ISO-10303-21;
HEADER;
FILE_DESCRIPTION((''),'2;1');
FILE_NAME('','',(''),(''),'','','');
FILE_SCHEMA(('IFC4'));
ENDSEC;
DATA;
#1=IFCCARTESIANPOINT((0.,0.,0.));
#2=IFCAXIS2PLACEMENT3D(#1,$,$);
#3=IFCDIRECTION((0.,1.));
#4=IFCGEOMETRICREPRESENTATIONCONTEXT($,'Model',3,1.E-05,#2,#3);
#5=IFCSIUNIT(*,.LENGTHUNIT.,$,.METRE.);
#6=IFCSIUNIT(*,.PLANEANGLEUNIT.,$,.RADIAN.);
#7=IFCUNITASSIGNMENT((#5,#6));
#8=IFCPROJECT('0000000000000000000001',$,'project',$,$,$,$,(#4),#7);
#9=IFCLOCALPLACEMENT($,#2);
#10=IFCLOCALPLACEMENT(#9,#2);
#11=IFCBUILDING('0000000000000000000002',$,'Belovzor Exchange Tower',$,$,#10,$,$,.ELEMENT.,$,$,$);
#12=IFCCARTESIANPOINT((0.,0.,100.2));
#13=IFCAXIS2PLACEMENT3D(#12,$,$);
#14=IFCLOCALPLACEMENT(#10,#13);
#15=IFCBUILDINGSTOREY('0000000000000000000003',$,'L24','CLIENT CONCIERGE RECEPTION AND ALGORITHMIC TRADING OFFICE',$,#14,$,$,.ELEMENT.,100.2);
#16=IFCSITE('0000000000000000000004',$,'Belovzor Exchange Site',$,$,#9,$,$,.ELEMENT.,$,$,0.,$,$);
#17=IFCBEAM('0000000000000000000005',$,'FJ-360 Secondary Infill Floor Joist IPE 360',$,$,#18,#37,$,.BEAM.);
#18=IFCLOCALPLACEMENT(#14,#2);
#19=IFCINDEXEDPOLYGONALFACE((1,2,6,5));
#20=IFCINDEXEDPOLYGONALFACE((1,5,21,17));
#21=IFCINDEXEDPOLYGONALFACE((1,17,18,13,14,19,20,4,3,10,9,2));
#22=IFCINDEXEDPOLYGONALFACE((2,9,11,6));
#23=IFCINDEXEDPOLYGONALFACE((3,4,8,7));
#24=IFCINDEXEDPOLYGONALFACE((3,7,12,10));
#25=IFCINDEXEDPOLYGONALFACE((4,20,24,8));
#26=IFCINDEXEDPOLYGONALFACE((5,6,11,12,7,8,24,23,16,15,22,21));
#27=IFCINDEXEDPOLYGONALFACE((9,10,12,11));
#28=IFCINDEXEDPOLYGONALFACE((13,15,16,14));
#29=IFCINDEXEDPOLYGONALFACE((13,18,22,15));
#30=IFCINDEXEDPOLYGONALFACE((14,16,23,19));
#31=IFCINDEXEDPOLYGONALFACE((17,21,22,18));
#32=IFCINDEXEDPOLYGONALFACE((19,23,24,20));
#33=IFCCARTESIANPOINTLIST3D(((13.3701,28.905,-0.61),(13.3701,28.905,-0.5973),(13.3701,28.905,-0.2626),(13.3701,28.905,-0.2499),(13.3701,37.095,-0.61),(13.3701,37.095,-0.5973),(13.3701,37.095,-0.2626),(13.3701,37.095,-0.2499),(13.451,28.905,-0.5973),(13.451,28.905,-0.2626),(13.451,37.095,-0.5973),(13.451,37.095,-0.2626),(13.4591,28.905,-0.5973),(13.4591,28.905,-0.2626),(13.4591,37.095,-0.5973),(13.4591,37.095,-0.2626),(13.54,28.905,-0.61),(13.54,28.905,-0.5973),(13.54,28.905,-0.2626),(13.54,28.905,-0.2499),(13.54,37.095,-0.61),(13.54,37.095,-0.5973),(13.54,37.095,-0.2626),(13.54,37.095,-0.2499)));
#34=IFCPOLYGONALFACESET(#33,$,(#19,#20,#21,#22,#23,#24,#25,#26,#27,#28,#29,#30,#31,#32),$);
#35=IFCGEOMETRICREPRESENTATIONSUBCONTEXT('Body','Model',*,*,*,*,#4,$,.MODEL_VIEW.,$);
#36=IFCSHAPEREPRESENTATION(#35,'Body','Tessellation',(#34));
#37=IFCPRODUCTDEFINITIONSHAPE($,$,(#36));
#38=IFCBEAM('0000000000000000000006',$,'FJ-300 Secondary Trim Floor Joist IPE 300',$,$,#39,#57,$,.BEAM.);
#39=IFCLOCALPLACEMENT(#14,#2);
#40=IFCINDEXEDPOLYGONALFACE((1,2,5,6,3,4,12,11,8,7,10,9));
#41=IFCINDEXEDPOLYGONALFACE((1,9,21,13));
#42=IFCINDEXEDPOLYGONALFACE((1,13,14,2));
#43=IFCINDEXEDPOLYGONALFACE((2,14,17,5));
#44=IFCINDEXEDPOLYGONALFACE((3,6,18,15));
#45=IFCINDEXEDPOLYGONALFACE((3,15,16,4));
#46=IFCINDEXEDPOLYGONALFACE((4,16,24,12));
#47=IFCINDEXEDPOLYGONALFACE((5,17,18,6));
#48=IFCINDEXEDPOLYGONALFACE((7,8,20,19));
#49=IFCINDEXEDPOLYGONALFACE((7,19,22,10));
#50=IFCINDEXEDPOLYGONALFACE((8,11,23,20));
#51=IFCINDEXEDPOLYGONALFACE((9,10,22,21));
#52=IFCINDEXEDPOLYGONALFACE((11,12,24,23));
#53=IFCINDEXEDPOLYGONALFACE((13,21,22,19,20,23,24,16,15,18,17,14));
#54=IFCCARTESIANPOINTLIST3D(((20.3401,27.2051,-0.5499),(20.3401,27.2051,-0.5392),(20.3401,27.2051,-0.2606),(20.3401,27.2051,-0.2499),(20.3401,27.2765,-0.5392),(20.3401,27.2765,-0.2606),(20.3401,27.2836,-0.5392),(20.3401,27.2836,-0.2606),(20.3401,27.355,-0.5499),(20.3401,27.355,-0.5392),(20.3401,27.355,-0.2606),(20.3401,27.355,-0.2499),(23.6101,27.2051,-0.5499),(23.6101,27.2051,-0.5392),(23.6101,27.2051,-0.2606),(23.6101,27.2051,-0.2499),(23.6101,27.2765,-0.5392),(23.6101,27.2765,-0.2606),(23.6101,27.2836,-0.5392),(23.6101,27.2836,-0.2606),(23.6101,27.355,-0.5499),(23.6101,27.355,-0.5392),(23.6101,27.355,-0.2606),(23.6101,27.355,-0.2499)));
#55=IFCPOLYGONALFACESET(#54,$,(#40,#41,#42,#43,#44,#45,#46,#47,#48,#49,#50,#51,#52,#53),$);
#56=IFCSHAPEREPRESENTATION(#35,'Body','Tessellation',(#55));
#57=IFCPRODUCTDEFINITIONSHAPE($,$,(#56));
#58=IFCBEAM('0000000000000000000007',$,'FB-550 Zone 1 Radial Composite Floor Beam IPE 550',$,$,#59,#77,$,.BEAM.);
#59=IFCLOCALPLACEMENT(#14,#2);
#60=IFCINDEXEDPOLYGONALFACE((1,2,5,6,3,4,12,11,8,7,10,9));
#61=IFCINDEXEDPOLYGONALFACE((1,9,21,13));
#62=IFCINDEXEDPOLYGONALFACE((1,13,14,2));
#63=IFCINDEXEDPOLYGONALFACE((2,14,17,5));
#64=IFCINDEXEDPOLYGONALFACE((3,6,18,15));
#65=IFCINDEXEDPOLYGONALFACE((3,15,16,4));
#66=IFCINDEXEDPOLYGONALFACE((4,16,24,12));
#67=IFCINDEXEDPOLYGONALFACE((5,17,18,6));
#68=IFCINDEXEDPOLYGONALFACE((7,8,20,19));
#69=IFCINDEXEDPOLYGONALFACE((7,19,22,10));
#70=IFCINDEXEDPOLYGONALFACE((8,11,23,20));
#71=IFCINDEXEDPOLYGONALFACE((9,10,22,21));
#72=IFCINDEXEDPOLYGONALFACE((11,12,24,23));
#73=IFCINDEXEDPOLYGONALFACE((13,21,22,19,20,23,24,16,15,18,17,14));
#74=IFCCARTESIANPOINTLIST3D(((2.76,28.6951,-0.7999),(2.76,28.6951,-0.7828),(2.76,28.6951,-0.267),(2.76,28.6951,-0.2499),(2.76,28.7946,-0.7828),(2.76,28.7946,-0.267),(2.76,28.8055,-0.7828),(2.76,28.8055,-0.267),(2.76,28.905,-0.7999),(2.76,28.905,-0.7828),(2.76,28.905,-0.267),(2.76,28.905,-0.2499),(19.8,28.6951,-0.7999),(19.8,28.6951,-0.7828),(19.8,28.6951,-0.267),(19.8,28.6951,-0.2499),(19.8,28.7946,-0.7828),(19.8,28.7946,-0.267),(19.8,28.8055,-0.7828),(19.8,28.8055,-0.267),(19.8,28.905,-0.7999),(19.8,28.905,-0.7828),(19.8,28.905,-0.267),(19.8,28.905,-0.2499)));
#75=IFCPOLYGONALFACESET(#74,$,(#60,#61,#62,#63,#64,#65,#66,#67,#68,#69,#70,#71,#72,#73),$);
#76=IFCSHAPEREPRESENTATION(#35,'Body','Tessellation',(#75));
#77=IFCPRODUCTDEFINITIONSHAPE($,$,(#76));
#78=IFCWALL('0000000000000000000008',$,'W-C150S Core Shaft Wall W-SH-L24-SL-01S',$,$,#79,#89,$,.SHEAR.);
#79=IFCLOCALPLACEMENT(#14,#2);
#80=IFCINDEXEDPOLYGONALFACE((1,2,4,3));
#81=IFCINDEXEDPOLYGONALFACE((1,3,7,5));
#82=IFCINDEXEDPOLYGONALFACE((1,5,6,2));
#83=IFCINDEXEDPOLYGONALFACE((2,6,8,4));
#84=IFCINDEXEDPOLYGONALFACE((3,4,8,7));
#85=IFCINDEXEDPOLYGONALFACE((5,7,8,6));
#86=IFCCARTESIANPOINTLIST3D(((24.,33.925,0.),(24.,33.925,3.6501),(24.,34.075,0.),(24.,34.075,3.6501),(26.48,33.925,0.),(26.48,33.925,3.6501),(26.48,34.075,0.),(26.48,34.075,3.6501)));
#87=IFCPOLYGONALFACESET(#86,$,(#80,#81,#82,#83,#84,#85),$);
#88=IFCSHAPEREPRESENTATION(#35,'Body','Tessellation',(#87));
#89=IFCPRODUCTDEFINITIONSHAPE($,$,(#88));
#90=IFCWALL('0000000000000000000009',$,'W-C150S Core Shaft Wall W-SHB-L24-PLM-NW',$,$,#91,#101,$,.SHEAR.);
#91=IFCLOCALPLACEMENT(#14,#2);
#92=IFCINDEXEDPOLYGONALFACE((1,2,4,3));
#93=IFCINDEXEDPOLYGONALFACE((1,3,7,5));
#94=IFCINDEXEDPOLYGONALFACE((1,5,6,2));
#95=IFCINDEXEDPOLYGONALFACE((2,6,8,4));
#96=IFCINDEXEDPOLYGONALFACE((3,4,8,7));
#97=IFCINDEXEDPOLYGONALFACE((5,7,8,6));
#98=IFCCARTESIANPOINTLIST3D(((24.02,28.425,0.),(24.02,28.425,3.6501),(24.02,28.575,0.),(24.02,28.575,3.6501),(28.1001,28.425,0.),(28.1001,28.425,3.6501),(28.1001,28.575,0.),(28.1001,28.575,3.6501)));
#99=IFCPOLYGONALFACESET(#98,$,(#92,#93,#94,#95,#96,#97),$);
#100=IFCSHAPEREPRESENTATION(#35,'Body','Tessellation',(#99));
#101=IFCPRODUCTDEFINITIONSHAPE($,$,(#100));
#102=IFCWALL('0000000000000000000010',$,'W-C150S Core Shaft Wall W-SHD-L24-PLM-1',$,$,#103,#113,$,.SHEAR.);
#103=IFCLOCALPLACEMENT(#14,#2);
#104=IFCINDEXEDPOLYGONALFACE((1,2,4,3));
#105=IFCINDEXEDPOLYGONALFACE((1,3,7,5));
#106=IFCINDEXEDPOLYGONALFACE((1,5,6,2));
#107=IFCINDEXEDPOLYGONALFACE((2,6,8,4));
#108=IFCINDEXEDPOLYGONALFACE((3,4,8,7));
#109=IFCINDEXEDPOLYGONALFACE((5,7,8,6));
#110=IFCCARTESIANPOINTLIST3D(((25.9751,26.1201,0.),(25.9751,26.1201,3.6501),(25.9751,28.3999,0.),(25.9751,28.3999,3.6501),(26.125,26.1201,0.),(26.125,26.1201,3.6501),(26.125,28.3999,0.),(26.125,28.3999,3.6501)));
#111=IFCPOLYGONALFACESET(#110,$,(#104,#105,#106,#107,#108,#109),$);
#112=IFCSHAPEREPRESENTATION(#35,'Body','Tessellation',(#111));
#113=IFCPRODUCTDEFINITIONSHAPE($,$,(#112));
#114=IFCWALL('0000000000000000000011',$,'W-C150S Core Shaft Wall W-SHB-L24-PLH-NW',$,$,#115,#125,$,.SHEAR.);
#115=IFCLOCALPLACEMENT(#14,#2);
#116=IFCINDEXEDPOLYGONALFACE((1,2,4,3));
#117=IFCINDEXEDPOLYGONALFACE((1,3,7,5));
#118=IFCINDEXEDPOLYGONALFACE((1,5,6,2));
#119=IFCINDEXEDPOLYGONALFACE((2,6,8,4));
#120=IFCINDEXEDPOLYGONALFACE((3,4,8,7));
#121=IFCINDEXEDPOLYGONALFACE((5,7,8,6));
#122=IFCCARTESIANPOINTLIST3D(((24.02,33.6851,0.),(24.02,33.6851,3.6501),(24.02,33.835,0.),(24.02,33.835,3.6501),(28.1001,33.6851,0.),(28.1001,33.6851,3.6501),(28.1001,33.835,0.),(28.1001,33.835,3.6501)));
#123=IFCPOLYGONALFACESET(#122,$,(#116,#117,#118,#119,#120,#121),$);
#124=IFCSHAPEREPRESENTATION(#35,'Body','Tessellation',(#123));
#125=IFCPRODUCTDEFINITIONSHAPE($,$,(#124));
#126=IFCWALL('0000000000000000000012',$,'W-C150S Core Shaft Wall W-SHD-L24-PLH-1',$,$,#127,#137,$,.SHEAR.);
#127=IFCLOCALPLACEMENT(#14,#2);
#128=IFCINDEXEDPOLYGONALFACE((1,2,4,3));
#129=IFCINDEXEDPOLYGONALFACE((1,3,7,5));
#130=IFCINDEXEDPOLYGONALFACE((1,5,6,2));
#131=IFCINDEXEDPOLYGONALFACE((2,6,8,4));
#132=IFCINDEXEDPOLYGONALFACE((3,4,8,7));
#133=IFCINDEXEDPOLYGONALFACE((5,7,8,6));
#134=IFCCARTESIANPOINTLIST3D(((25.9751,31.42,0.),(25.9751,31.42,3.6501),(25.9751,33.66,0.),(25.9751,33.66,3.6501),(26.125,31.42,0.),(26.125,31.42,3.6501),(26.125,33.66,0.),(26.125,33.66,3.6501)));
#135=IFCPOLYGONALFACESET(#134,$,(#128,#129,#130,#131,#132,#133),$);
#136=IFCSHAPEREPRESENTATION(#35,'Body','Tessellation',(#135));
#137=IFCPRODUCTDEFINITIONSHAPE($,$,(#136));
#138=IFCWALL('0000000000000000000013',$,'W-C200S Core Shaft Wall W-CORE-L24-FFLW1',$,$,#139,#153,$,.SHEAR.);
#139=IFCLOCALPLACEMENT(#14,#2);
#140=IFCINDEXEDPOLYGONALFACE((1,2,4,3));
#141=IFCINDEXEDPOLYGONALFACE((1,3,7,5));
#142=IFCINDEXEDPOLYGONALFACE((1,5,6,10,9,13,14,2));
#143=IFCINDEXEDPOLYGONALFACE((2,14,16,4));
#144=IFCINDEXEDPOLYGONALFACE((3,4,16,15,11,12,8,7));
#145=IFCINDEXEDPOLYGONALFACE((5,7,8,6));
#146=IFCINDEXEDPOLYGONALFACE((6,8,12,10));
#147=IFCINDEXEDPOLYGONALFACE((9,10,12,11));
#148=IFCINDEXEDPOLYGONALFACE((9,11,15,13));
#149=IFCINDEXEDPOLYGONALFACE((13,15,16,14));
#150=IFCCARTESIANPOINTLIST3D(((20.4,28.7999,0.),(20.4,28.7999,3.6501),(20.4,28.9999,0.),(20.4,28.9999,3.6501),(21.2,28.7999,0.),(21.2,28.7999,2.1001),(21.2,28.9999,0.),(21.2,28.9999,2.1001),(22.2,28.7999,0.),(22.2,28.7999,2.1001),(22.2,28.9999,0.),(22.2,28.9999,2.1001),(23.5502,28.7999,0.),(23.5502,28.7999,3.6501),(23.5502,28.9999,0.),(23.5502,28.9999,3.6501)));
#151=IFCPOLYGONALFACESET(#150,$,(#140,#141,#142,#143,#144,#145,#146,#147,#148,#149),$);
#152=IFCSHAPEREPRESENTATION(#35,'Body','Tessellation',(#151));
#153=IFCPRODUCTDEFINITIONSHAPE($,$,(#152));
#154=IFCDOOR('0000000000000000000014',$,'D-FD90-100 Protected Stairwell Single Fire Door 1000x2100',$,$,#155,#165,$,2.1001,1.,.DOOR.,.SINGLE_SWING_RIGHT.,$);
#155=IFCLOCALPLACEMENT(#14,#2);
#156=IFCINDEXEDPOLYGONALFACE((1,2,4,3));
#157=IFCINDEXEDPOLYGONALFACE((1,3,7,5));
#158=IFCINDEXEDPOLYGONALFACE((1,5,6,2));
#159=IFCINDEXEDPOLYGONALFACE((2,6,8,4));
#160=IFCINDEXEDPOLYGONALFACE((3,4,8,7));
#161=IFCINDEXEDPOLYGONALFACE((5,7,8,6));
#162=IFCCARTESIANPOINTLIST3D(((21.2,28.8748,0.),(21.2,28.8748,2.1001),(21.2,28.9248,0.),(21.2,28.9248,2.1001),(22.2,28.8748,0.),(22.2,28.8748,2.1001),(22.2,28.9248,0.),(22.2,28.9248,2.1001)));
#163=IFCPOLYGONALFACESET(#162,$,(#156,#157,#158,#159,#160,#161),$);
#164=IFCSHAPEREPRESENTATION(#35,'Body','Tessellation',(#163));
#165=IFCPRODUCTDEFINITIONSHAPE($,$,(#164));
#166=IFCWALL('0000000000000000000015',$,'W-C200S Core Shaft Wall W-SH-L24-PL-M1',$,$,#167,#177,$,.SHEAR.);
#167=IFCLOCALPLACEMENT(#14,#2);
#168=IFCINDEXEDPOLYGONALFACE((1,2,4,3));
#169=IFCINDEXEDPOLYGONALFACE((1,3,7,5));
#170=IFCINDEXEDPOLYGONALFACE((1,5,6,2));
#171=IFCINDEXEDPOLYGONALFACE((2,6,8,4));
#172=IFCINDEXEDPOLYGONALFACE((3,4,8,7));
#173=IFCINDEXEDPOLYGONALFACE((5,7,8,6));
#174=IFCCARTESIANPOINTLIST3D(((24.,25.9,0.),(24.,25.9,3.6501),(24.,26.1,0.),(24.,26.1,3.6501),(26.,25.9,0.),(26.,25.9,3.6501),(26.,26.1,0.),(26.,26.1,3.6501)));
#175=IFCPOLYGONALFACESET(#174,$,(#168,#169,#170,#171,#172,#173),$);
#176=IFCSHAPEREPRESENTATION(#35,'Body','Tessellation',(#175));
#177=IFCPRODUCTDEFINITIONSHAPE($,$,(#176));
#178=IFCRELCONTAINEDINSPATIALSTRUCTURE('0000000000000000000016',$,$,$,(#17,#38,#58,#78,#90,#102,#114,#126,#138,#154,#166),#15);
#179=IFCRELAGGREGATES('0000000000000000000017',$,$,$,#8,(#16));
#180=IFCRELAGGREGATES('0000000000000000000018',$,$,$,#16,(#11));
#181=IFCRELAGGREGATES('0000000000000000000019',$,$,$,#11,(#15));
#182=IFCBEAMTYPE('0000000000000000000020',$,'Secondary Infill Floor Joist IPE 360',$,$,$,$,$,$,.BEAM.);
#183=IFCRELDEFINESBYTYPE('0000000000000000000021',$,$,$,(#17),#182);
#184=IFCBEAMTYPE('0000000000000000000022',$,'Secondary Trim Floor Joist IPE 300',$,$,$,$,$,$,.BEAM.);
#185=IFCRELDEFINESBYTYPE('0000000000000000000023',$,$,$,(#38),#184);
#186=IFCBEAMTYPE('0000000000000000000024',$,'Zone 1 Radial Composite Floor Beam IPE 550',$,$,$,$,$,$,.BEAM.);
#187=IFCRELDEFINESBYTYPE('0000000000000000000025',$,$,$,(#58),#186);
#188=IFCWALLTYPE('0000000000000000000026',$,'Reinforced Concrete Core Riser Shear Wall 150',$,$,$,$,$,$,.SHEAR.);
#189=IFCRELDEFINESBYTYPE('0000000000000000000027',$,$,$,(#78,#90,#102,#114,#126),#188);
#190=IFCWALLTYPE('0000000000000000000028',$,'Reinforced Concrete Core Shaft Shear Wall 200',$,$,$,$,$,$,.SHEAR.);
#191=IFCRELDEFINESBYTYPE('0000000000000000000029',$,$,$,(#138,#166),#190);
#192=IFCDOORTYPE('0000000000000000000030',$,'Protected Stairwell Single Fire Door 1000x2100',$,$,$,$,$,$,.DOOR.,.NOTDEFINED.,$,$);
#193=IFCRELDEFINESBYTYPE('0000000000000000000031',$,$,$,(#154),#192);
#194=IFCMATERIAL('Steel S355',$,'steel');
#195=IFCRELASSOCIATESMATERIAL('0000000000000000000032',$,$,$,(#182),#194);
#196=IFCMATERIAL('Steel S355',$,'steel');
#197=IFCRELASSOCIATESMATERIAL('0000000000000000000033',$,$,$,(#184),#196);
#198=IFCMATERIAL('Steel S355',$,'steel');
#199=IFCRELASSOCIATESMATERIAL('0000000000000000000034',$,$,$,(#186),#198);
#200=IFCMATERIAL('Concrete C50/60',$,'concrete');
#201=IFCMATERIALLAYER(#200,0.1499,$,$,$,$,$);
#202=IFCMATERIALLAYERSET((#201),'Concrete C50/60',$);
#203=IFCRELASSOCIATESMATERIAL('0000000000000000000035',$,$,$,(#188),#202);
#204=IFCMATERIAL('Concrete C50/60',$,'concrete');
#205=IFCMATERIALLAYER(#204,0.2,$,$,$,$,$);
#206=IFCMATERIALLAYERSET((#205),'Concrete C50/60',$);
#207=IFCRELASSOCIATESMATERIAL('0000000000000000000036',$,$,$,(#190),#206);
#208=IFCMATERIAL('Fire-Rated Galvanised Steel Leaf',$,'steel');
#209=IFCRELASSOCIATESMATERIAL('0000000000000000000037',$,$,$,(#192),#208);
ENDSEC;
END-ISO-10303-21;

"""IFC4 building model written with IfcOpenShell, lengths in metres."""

from ifc_helpers import new_model, si_unit, direction, frame, frame_2d, origin, origin_2d, place, context, subcontext, project, spatial, rectangle, i_section, extrude, material, layer, layer_set, material_profile, profile_set, type_object, element, fill, save


model = new_model("IFC4")

# Units and contexts
model_context = context("Model", 3, precision=1e-05, world=origin(), true_north=direction((0.0, 1.0)))
body_context = subcontext(model_context, "Body", "Model", "MODEL_VIEW")
ifc_project = project(units=[si_unit("LENGTHUNIT", "METRE"), si_unit("PLANEANGLEUNIT", "RADIAN")], contexts=[model_context])

# Site, building, storey
site_placement = place(None, origin())
site = spatial("IfcSite", under=ifc_project, at=site_placement, Name="Belovzor Exchange Site", CompositionType="ELEMENT", RefElevation=0.0)
building_placement = place(site_placement, origin())
building = spatial("IfcBuilding", under=site, at=building_placement, Name="Belovzor Exchange Tower", CompositionType="ELEMENT")
storey_placement = place(building_placement, frame((0.0, 0.0, 100.2)))
storey = spatial("IfcBuildingStorey", under=building, at=storey_placement, Name="L24", Description="CLIENT CONCIERGE RECEPTION AND ALGORITHMIC TRADING OFFICE", CompositionType="ELEMENT", Elevation=100.2)

# Beams
ifc_material_1 = material(Name="Steel S355", Category="steel")
ifc_material_profile_1 = material_profile(ifc_material_1, i_section(OverallWidth=0.1699, OverallDepth=0.3601, WebThickness=0.0081, FlangeThickness=0.0127, at=origin_2d()))
ifc_profile_set_1 = profile_set([ifc_material_profile_1], Name="Steel S355")
beam_type_1 = type_object("IfcBeamType", Name="Secondary Infill Floor Joist IPE 360", PredefinedType="BEAM", material=ifc_profile_set_1)
beam_1_placement = place(storey_placement, frame((13.4551, 28.905, -0.4299), z_axis=(0.0, 1.0, 0.0), x_axis=(-1.0, 0.0, 0.0)))
element("IfcBeam", 1, at=beam_1_placement, inside=storey, type_object=beam_type_1, Name="FJ-360 Secondary Infill Floor Joist IPE 360", PredefinedType="BEAM", context=body_context, shape_type="SweptSolid", body=[
    extrude(i_section(OverallWidth=0.1699, OverallDepth=0.3601, WebThickness=0.0081, FlangeThickness=0.0127, at=origin_2d()), origin(), (0.0, 0.0, 1.0), 8.1899),
])
ifc_material_2 = material(Name="Steel S355", Category="steel")
ifc_material_profile_2 = material_profile(ifc_material_2, i_section(OverallWidth=0.1499, OverallDepth=0.3, WebThickness=0.0071, FlangeThickness=0.0107, at=origin_2d()))
ifc_profile_set_2 = profile_set([ifc_material_profile_2], Name="Steel S355")
beam_type_2 = type_object("IfcBeamType", Name="Secondary Trim Floor Joist IPE 300", PredefinedType="BEAM", material=ifc_profile_set_2)
beam_2_placement = place(storey_placement, frame((20.3401, 27.28, -0.3999), z_axis=(1.0, 0.0, 0.0), x_axis=(0.0, 1.0, 0.0)))
element("IfcBeam", 2, at=beam_2_placement, inside=storey, type_object=beam_type_2, Name="FJ-300 Secondary Trim Floor Joist IPE 300", PredefinedType="BEAM", context=body_context, shape_type="SweptSolid", body=[
    extrude(i_section(OverallWidth=0.1499, OverallDepth=0.3, WebThickness=0.0071, FlangeThickness=0.0107, at=origin_2d()), origin(), (0.0, 0.0, 1.0), 3.27),
])
ifc_material_3 = material(Name="Steel S355", Category="steel")
ifc_material_profile_3 = material_profile(ifc_material_3, i_section(OverallWidth=0.21, OverallDepth=0.55, WebThickness=0.011, FlangeThickness=0.0171, at=origin_2d()))
ifc_profile_set_3 = profile_set([ifc_material_profile_3], Name="Steel S355")
beam_type_3 = type_object("IfcBeamType", Name="Zone 1 Radial Composite Floor Beam IPE 550", PredefinedType="BEAM", material=ifc_profile_set_3)
beam_3_placement = place(storey_placement, frame((19.8, 28.8, -0.5249), z_axis=(-1.0, 0.0, 0.0), x_axis=(0.0, -1.0, 0.0)))
element("IfcBeam", 3, at=beam_3_placement, inside=storey, type_object=beam_type_3, Name="FB-550 Zone 1 Radial Composite Floor Beam IPE 550", PredefinedType="BEAM", context=body_context, shape_type="SweptSolid", body=[
    extrude(i_section(OverallWidth=0.21, OverallDepth=0.55, WebThickness=0.011, FlangeThickness=0.0171, at=origin_2d()), origin(), (0.0, 0.0, 1.0), 17.04),
])

# Walls
ifc_material_4 = material(Name="Concrete C50/60", Category="concrete")
ifc_layer_1 = layer(ifc_material_4, 0.1499)
ifc_layer_set_1 = layer_set([ifc_layer_1], Name="Concrete C50/60")
wall_type_1 = type_object("IfcWallType", Name="Reinforced Concrete Core Riser Shear Wall 150", PredefinedType="SHEAR", material=ifc_layer_set_1)
wall_1_placement = place(storey_placement, frame((24.0, 34.0, 0.0), z_axis=(0.0, 0.0, 1.0), x_axis=(1.0, 0.0, 0.0)))
element("IfcWall", 4, at=wall_1_placement, inside=storey, type_object=wall_type_1, Name="W-C150S Core Shaft Wall W-SH-L24-SL-01S", PredefinedType="SHEAR", context=body_context, shape_type="SweptSolid", body=[
    extrude(rectangle(XDim=2.48, YDim=0.1499, at=frame_2d((1.24, 0.0))), origin(), (0.0, 0.0, 1.0), 3.6501),
])
wall_2_placement = place(storey_placement, frame((24.02, 28.5, 0.0), z_axis=(0.0, 0.0, 1.0), x_axis=(1.0, 0.0, 0.0)))
element("IfcWall", 5, at=wall_2_placement, inside=storey, type_object=wall_type_1, Name="W-C150S Core Shaft Wall W-SHB-L24-PLM-NW", PredefinedType="SHEAR", context=body_context, shape_type="SweptSolid", body=[
    extrude(rectangle(XDim=4.0801, YDim=0.1499, at=frame_2d((2.04, 0.0))), origin(), (0.0, 0.0, 1.0), 3.6501),
])
wall_3_placement = place(storey_placement, frame((26.05, 26.1201, 0.0), z_axis=(0.0, 0.0, 1.0), x_axis=(0.0, 1.0, 0.0)))
element("IfcWall", 6, at=wall_3_placement, inside=storey, type_object=wall_type_1, Name="W-C150S Core Shaft Wall W-SHD-L24-PLM-1", PredefinedType="SHEAR", context=body_context, shape_type="SweptSolid", body=[
    extrude(rectangle(XDim=2.2798, YDim=0.1499, at=frame_2d((1.1399, 0.0))), origin(), (0.0, 0.0, 1.0), 3.6501),
])
wall_4_placement = place(storey_placement, frame((24.02, 33.76, 0.0), z_axis=(0.0, 0.0, 1.0), x_axis=(1.0, 0.0, 0.0)))
element("IfcWall", 7, at=wall_4_placement, inside=storey, type_object=wall_type_1, Name="W-C150S Core Shaft Wall W-SHB-L24-PLH-NW", PredefinedType="SHEAR", context=body_context, shape_type="SweptSolid", body=[
    extrude(rectangle(XDim=4.0801, YDim=0.1499, at=frame_2d((2.04, 0.0))), origin(), (0.0, 0.0, 1.0), 3.6501),
])
wall_5_placement = place(storey_placement, frame((26.05, 31.4199, 0.0), z_axis=(0.0, 0.0, 1.0), x_axis=(0.0, 1.0, 0.0)))
element("IfcWall", 8, at=wall_5_placement, inside=storey, type_object=wall_type_1, Name="W-C150S Core Shaft Wall W-SHD-L24-PLH-1", PredefinedType="SHEAR", context=body_context, shape_type="SweptSolid", body=[
    extrude(rectangle(XDim=2.24, YDim=0.1499, at=frame_2d((1.1201, 0.0))), origin(), (0.0, 0.0, 1.0), 3.6501),
])

# Wall, opening, door
ifc_material_5 = material(Name="Concrete C50/60", Category="concrete")
ifc_layer_2 = layer(ifc_material_5, 0.2)
ifc_layer_set_2 = layer_set([ifc_layer_2], Name="Concrete C50/60")
wall_type_2 = type_object("IfcWallType", Name="Reinforced Concrete Core Shaft Shear Wall 200", PredefinedType="SHEAR", material=ifc_layer_set_2)
wall_6_placement = place(storey_placement, frame((20.3999, 28.8999, 0.0), z_axis=(0.0, 0.0, 1.0), x_axis=(1.0, 0.0, 0.0)))
wall_6 = element("IfcWall", 9, at=wall_6_placement, inside=storey, type_object=wall_type_2, Name="W-C200S Core Shaft Wall W-CORE-L24-FFLW1", PredefinedType="SHEAR", context=body_context, shape_type="SweptSolid", body=[
    extrude(rectangle(XDim=3.1501, YDim=0.2, at=frame_2d((1.5752, 0.0))), origin(), (0.0, 0.0, 1.0), 3.6501),
])
opening_1_placement = place(wall_6_placement, frame((0.8, 0.0, 0.0)))
opening_1 = element("IfcOpeningElement", 10, at=opening_1_placement, cuts=wall_6, PredefinedType="OPENING", context=body_context, shape_type="SweptSolid", body=[
    extrude(rectangle(XDim=1.0, YDim=2.1001, at=frame_2d((0.5, 1.05))), frame((0.0, 0.1099, 0.0), z_axis=(0.0, -1.0, 0.0), x_axis=(1.0, 0.0, 0.0)), (0.0, 0.0, 1.0), 0.22),
])
ifc_material_6 = material(Name="Fire-Rated Galvanised Steel Leaf", Category="steel")
door_type_1 = type_object("IfcDoorType", Name="Protected Stairwell Single Fire Door 1000x2100", OperationType="NOTDEFINED", PredefinedType="DOOR", material=ifc_material_6)
door_1_placement = place(opening_1_placement, origin())
door_1 = element("IfcDoor", 11, at=door_1_placement, inside=storey, type_object=door_type_1, Name="D-FD90-100 Protected Stairwell Single Fire Door 1000x2100", OperationType="SINGLE_SWING_RIGHT", OverallHeight=2.1001, OverallWidth=1.0, PredefinedType="DOOR", context=body_context, shape_type="SweptSolid", body=[
    extrude(rectangle(XDim=1.0, YDim=2.1001, at=frame_2d((0.5, 1.05))), frame((0.0, 0.0249, 0.0), z_axis=(0.0, -1.0, 0.0), x_axis=(1.0, 0.0, 0.0)), (0.0, 0.0, 1.0), 0.05),
])
fill(opening_1, door_1)

# Wall
for number, where, z_axis, x_axis, name in (
    (12, (24.0, 26.0, 0.0), (0.0, 0.0, 1.0), (1.0, 0.0, 0.0), "W-C200S Core Shaft Wall W-SH-L24-PL-M1"),
):
    element("IfcWall", number, at=place(storey_placement, frame(where, z_axis=z_axis, x_axis=x_axis)), inside=storey, type_object=wall_type_2, Name=name, PredefinedType="SHEAR", context=body_context, shape_type="SweptSolid", body=[
        extrude(rectangle(XDim=2.0, YDim=0.2, at=frame_2d((1.0, 0.0))), origin(), (0.0, 0.0, 1.0), 3.6501),
    ])

save(model, "model.ifc")
